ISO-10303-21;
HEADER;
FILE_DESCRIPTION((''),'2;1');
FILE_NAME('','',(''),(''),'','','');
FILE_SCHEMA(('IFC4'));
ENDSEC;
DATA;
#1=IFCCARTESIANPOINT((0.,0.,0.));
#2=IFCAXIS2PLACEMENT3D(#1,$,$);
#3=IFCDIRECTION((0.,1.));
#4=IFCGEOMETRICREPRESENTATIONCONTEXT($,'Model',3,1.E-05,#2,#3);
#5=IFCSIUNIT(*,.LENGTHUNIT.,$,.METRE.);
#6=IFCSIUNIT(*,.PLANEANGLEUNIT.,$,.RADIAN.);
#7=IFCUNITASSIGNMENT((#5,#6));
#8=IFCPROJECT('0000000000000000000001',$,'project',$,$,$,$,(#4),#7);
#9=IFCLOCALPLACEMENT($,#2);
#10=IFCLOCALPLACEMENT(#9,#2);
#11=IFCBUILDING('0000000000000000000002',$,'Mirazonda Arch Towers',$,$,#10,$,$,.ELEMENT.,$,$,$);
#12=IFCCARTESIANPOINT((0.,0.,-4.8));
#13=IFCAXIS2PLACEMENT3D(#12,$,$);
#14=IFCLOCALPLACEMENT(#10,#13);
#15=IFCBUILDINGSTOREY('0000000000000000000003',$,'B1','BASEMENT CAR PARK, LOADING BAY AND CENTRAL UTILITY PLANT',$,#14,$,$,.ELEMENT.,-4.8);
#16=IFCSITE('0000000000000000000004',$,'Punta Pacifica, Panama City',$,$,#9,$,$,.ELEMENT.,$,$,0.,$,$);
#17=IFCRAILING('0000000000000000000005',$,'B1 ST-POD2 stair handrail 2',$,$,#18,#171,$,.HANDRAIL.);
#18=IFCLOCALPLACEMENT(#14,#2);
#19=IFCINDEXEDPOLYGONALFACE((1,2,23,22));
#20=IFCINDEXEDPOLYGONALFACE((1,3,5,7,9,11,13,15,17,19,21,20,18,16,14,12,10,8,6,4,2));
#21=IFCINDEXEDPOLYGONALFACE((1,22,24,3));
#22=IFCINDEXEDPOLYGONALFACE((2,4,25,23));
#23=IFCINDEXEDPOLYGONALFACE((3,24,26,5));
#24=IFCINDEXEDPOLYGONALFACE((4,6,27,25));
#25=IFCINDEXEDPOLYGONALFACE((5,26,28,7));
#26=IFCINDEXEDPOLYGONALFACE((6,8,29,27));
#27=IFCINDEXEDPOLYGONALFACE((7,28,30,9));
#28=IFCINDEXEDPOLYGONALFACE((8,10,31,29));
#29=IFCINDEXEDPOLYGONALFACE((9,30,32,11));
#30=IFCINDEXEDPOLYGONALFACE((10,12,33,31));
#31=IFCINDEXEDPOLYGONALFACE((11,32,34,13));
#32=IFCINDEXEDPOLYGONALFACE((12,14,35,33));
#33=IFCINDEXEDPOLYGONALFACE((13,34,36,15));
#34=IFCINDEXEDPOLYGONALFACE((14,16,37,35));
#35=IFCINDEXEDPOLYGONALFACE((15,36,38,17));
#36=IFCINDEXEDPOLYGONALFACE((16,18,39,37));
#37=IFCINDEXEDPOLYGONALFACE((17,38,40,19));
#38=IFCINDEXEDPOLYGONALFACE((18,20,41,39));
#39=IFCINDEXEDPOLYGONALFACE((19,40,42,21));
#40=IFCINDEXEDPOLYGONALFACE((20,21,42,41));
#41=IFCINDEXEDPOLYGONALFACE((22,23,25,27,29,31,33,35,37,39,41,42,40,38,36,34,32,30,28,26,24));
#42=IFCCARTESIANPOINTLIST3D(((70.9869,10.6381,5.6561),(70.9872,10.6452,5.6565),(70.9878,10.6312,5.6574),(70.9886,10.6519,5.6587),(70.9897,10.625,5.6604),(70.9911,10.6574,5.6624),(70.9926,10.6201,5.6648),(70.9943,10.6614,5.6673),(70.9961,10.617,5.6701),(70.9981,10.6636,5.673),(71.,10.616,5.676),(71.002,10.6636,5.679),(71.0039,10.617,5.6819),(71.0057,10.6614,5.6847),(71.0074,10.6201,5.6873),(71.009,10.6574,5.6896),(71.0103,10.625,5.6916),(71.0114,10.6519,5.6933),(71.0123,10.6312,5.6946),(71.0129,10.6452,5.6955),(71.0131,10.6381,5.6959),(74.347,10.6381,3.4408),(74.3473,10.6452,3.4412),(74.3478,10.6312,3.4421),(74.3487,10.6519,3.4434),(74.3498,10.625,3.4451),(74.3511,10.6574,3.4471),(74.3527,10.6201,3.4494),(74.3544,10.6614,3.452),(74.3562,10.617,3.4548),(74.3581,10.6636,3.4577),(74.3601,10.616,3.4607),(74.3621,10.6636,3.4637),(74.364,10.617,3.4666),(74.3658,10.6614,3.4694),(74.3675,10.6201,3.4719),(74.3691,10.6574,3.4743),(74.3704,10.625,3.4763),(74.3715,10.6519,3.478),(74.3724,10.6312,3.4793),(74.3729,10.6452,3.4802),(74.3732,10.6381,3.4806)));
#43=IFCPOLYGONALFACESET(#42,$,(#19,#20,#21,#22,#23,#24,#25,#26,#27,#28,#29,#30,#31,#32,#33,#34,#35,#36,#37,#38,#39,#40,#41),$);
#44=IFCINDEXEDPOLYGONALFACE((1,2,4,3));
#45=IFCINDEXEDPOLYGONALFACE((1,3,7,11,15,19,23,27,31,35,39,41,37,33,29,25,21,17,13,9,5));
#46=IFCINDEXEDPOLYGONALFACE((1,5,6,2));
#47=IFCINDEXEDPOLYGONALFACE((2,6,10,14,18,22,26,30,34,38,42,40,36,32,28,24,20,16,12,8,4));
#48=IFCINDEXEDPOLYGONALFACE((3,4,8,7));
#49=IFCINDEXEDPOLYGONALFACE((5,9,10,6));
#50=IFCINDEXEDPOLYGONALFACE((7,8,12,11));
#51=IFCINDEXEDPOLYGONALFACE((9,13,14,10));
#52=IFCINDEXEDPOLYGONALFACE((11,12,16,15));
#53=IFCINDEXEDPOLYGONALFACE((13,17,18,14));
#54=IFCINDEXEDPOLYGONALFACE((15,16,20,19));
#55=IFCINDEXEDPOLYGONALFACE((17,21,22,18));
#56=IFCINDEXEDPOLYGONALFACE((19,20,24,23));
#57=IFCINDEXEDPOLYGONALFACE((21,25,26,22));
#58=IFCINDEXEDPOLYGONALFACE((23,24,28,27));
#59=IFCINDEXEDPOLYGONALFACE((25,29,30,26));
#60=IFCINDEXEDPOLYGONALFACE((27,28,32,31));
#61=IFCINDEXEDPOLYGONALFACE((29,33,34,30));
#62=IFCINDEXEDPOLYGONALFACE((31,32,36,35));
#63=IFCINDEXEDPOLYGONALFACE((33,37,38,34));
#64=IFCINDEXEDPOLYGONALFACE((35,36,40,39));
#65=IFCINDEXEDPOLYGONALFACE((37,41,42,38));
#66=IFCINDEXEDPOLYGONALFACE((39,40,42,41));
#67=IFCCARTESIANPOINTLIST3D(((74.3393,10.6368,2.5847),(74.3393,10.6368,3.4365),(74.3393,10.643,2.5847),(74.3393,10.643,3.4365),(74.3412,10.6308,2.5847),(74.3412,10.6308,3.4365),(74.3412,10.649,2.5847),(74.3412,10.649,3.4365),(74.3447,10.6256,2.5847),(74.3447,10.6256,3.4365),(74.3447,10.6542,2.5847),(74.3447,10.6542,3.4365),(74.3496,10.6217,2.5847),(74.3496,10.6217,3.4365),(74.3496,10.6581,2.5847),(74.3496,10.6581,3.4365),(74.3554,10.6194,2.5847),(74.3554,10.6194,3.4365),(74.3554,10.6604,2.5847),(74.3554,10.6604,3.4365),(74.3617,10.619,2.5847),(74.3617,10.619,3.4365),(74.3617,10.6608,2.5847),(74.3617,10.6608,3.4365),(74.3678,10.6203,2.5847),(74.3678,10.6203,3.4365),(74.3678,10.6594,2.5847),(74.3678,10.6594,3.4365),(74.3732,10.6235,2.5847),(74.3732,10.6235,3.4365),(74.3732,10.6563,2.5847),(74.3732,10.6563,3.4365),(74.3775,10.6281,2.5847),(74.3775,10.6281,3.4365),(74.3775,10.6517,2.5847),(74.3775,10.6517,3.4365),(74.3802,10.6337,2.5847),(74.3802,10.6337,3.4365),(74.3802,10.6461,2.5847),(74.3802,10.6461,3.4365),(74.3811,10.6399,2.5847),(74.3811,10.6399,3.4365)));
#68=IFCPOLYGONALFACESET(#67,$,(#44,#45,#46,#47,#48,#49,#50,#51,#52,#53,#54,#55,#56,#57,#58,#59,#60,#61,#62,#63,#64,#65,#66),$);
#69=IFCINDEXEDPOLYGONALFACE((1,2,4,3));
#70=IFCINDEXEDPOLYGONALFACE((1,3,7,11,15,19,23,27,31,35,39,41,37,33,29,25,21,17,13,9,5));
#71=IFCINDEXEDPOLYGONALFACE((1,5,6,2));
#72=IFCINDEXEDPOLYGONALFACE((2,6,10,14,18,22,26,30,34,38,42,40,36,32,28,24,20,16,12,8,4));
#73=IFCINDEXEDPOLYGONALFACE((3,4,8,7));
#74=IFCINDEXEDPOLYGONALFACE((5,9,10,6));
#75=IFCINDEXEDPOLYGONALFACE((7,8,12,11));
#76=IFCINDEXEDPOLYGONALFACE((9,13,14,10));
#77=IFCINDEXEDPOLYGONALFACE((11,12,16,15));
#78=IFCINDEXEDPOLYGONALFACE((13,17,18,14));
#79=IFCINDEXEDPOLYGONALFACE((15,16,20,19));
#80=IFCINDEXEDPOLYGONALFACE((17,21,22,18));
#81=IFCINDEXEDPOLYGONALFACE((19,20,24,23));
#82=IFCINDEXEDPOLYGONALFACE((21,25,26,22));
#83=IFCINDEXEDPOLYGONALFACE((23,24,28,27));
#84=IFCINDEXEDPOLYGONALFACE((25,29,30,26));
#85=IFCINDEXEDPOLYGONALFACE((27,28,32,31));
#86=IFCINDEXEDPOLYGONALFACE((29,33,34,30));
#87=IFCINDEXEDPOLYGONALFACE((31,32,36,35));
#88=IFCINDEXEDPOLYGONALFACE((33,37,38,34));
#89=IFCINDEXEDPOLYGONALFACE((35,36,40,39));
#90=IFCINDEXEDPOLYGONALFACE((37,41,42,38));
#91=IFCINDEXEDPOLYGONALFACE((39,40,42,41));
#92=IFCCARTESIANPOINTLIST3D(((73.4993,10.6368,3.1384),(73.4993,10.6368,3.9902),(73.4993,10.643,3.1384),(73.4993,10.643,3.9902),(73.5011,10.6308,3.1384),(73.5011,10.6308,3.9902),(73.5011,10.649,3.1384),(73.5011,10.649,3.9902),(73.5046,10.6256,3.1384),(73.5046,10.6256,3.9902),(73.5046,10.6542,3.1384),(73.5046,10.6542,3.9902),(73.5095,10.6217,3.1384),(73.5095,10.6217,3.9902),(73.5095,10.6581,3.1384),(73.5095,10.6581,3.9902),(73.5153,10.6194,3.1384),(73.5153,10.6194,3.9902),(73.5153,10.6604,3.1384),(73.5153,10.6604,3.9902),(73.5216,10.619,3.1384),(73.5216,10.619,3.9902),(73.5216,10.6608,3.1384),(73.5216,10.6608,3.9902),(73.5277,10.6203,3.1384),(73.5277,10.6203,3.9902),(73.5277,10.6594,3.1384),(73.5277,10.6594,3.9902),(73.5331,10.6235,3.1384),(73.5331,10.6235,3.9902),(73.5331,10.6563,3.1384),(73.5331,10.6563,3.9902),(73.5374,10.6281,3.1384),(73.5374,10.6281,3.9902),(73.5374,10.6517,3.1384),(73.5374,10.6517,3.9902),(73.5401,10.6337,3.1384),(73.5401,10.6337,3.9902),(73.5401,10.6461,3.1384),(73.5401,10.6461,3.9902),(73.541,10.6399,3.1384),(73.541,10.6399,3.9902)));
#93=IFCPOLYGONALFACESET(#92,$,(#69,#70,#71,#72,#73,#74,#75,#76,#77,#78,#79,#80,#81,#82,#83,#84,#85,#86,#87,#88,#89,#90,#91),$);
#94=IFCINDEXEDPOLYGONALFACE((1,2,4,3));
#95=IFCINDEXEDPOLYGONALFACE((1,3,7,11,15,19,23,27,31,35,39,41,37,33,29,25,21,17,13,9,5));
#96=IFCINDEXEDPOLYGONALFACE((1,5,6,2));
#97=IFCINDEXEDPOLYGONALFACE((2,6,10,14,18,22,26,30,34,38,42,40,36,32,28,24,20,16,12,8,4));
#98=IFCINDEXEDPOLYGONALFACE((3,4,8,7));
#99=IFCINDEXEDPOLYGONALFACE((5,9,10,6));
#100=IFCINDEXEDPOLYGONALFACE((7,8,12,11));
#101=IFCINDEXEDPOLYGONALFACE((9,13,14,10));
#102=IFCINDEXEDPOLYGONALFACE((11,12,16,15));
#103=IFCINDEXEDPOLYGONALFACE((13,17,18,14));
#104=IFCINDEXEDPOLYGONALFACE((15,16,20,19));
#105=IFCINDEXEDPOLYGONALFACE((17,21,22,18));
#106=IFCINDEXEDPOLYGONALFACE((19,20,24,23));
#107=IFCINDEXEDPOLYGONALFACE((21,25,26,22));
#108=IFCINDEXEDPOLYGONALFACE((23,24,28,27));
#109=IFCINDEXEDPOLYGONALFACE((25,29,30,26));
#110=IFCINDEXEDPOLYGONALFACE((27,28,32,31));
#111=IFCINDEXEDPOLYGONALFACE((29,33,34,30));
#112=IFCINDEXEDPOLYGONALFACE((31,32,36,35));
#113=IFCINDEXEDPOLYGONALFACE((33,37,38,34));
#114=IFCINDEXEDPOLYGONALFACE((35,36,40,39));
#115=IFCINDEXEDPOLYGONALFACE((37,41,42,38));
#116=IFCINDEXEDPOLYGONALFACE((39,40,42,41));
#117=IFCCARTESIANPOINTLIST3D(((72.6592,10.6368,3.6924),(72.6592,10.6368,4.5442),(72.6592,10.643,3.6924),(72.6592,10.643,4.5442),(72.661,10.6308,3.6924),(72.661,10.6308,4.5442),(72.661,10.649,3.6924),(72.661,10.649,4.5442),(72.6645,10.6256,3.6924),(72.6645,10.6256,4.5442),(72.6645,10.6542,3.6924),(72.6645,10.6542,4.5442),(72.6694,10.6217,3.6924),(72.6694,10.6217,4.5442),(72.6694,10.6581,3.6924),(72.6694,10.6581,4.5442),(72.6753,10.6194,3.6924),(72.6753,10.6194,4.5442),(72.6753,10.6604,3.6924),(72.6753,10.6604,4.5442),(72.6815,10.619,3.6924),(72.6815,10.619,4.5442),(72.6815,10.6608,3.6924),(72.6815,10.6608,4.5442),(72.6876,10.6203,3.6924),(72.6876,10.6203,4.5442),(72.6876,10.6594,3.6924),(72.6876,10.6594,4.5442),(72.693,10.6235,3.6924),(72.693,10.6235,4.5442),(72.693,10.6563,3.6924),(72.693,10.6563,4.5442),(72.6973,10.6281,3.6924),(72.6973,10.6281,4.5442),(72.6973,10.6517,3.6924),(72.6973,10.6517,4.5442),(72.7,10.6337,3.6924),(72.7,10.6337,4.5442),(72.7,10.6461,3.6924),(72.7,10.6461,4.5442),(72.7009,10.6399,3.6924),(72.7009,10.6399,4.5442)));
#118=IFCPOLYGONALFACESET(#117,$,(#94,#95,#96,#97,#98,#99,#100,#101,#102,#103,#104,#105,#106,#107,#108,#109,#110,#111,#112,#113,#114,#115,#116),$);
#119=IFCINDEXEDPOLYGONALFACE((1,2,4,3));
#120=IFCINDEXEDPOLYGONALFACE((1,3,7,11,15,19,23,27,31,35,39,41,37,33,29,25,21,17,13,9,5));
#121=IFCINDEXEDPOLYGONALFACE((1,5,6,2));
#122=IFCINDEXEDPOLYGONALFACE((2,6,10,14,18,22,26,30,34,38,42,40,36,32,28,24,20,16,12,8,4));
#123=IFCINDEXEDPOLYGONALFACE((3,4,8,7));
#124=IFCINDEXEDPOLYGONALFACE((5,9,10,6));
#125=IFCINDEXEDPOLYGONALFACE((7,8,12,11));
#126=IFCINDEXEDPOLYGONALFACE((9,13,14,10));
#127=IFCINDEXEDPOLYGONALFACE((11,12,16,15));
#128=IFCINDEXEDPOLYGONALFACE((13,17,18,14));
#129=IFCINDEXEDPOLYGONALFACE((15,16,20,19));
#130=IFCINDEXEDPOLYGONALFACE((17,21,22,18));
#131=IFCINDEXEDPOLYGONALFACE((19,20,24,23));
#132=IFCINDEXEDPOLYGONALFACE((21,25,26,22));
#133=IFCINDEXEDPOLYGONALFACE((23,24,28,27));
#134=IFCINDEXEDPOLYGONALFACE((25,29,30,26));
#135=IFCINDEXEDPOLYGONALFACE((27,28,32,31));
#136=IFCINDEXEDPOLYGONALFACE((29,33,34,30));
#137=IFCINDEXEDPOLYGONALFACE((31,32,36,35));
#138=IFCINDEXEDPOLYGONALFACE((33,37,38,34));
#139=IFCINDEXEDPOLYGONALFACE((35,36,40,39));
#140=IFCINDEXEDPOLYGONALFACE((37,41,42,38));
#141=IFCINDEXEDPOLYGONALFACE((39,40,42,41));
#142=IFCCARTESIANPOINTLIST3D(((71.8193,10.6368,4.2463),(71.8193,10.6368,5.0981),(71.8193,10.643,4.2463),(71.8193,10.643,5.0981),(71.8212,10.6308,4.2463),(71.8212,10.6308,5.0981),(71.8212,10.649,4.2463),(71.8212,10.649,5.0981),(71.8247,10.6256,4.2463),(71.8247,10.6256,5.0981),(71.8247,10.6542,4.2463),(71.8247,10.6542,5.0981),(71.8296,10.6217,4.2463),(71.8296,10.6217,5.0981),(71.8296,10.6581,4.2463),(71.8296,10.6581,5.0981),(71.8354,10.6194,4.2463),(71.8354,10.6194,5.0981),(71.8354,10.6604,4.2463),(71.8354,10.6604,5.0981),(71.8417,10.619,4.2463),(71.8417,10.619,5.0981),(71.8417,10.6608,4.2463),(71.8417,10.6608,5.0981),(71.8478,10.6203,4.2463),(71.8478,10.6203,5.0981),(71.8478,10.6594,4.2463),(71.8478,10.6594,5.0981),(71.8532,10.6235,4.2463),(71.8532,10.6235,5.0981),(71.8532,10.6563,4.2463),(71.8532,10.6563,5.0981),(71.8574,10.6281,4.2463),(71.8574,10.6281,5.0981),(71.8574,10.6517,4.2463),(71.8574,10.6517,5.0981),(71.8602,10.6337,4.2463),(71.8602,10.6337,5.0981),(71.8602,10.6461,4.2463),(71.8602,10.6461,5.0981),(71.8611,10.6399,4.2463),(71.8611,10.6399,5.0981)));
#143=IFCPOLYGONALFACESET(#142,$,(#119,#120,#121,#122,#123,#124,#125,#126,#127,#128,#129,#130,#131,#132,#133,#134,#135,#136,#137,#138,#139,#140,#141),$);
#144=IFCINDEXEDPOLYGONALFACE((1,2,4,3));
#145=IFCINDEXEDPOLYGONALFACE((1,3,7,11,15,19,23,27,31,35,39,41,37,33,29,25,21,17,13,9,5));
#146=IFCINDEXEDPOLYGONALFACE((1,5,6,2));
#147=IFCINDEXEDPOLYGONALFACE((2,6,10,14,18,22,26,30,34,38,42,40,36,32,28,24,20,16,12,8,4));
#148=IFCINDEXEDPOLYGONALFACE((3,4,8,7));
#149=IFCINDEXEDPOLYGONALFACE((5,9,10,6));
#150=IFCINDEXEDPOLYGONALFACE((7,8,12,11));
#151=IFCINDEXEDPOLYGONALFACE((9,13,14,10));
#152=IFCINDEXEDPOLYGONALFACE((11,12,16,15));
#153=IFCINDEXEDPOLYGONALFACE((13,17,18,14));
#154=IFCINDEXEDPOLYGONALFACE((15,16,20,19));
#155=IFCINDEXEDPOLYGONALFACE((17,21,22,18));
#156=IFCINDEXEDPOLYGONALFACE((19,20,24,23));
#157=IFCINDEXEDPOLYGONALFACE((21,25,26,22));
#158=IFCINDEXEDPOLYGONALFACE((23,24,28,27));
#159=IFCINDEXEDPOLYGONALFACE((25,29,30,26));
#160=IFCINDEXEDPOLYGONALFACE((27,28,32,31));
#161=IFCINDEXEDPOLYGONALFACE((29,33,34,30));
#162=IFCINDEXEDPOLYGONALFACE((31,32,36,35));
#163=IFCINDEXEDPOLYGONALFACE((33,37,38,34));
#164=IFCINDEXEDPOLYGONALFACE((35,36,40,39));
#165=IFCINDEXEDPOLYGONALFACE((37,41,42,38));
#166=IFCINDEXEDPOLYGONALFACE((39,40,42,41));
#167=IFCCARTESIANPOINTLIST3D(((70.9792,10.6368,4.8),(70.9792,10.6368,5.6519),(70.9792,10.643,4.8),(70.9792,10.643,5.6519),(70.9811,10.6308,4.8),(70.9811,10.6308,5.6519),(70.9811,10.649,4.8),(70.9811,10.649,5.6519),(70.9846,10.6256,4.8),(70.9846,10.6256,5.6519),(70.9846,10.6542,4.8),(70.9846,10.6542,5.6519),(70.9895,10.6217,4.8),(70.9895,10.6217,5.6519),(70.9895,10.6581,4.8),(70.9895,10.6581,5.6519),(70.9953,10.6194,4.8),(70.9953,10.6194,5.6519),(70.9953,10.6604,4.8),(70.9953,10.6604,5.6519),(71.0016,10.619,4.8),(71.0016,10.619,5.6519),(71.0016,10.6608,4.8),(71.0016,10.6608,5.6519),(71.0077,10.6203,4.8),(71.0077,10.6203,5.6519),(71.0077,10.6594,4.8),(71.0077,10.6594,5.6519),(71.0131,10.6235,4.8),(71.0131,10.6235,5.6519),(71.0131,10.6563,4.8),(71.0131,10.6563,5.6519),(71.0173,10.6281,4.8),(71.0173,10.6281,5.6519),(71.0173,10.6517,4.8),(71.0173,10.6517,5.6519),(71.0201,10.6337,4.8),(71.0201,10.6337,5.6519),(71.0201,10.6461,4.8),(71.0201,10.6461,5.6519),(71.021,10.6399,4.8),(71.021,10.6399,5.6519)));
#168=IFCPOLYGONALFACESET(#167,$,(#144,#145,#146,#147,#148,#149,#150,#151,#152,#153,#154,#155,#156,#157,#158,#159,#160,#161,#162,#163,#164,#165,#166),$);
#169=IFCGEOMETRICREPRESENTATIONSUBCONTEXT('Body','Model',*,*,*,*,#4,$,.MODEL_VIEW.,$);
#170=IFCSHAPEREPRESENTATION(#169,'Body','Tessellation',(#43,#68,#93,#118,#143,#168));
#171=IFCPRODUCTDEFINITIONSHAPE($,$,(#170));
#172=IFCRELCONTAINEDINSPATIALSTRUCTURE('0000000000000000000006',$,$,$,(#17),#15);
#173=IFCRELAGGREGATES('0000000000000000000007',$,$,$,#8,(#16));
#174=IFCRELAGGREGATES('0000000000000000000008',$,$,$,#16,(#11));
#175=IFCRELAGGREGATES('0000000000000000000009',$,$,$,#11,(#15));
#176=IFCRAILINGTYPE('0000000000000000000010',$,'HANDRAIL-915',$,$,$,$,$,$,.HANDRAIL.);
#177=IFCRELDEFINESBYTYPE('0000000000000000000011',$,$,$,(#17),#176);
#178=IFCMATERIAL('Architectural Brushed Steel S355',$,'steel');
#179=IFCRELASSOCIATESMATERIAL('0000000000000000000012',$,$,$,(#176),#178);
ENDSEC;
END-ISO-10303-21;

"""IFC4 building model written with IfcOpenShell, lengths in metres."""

from ifc_helpers import new_model, si_unit, direction, frame, origin, origin_2d, place, context, subcontext, project, spatial, circle, extrude, material, type_object, element, save


model = new_model("IFC4")

# Units and contexts
model_context = context("Model", 3, precision=1e-05, world=origin(), true_north=direction((0.0, 1.0)))
body_context = subcontext(model_context, "Body", "Model", "MODEL_VIEW")
ifc_project = project(units=[si_unit("LENGTHUNIT", "METRE"), si_unit("PLANEANGLEUNIT", "RADIAN")], contexts=[model_context])

# Site, building, storey
site_placement = place(None, origin())
site = spatial("IfcSite", under=ifc_project, at=site_placement, Name="Punta Pacifica, Panama City", CompositionType="ELEMENT", RefElevation=0.0)
building_placement = place(site_placement, origin())
building = spatial("IfcBuilding", under=site, at=building_placement, Name="Mirazonda Arch Towers", CompositionType="ELEMENT")
storey_placement = place(building_placement, frame((0.0, 0.0, -4.8)))
storey = spatial("IfcBuildingStorey", under=building, at=storey_placement, Name="B1", Description="BASEMENT CAR PARK, LOADING BAY AND CENTRAL UTILITY PLANT", CompositionType="ELEMENT", Elevation=-4.8)

# Railing
ifc_material_1 = material(Name="Architectural Brushed Steel S355", Category="steel")
railing_type_1 = type_object("IfcRailingType", Name="HANDRAIL-915", PredefinedType="HANDRAIL", material=ifc_material_1)
railing_1_placement = place(storey_placement, frame((74.3601, 10.6399, 2.5847)))
element("IfcRailing", 1, at=railing_1_placement, inside=storey, type_object=railing_type_1, Name="B1 ST-POD2 stair handrail 2", PredefinedType="HANDRAIL", context=body_context, shape_type="SweptSolid", body=[
    extrude(circle(Radius=0.0239, at=origin_2d()), frame((0.0, 0.0, 0.876), z_axis=(-0.834876, 0.0, 0.550437), x_axis=(0.0, -1.0, 0.0)), (0.0, 0.0, 1.0), 4.0247),
    extrude(circle(Radius=0.021, at=origin_2d()), origin(), (0.0, 0.0, 1.0), 0.8518),
    extrude(circle(Radius=0.021, at=origin_2d()), frame((-0.8401, 0.0, 0.5537)), (0.0, 0.0, 1.0), 0.8518),
    extrude(circle(Radius=0.021, at=origin_2d()), frame((-1.6802, 0.0, 1.1077)), (0.0, 0.0, 1.0), 0.8518),
    extrude(circle(Radius=0.021, at=origin_2d()), frame((-2.52, 0.0, 1.6616)), (0.0, 0.0, 1.0), 0.8518),
    extrude(circle(Radius=0.021, at=origin_2d()), frame((-3.3601, 0.0, 2.2153)), (0.0, 0.0, 1.0), 0.8518),
])

save(model, "model.ifc")
